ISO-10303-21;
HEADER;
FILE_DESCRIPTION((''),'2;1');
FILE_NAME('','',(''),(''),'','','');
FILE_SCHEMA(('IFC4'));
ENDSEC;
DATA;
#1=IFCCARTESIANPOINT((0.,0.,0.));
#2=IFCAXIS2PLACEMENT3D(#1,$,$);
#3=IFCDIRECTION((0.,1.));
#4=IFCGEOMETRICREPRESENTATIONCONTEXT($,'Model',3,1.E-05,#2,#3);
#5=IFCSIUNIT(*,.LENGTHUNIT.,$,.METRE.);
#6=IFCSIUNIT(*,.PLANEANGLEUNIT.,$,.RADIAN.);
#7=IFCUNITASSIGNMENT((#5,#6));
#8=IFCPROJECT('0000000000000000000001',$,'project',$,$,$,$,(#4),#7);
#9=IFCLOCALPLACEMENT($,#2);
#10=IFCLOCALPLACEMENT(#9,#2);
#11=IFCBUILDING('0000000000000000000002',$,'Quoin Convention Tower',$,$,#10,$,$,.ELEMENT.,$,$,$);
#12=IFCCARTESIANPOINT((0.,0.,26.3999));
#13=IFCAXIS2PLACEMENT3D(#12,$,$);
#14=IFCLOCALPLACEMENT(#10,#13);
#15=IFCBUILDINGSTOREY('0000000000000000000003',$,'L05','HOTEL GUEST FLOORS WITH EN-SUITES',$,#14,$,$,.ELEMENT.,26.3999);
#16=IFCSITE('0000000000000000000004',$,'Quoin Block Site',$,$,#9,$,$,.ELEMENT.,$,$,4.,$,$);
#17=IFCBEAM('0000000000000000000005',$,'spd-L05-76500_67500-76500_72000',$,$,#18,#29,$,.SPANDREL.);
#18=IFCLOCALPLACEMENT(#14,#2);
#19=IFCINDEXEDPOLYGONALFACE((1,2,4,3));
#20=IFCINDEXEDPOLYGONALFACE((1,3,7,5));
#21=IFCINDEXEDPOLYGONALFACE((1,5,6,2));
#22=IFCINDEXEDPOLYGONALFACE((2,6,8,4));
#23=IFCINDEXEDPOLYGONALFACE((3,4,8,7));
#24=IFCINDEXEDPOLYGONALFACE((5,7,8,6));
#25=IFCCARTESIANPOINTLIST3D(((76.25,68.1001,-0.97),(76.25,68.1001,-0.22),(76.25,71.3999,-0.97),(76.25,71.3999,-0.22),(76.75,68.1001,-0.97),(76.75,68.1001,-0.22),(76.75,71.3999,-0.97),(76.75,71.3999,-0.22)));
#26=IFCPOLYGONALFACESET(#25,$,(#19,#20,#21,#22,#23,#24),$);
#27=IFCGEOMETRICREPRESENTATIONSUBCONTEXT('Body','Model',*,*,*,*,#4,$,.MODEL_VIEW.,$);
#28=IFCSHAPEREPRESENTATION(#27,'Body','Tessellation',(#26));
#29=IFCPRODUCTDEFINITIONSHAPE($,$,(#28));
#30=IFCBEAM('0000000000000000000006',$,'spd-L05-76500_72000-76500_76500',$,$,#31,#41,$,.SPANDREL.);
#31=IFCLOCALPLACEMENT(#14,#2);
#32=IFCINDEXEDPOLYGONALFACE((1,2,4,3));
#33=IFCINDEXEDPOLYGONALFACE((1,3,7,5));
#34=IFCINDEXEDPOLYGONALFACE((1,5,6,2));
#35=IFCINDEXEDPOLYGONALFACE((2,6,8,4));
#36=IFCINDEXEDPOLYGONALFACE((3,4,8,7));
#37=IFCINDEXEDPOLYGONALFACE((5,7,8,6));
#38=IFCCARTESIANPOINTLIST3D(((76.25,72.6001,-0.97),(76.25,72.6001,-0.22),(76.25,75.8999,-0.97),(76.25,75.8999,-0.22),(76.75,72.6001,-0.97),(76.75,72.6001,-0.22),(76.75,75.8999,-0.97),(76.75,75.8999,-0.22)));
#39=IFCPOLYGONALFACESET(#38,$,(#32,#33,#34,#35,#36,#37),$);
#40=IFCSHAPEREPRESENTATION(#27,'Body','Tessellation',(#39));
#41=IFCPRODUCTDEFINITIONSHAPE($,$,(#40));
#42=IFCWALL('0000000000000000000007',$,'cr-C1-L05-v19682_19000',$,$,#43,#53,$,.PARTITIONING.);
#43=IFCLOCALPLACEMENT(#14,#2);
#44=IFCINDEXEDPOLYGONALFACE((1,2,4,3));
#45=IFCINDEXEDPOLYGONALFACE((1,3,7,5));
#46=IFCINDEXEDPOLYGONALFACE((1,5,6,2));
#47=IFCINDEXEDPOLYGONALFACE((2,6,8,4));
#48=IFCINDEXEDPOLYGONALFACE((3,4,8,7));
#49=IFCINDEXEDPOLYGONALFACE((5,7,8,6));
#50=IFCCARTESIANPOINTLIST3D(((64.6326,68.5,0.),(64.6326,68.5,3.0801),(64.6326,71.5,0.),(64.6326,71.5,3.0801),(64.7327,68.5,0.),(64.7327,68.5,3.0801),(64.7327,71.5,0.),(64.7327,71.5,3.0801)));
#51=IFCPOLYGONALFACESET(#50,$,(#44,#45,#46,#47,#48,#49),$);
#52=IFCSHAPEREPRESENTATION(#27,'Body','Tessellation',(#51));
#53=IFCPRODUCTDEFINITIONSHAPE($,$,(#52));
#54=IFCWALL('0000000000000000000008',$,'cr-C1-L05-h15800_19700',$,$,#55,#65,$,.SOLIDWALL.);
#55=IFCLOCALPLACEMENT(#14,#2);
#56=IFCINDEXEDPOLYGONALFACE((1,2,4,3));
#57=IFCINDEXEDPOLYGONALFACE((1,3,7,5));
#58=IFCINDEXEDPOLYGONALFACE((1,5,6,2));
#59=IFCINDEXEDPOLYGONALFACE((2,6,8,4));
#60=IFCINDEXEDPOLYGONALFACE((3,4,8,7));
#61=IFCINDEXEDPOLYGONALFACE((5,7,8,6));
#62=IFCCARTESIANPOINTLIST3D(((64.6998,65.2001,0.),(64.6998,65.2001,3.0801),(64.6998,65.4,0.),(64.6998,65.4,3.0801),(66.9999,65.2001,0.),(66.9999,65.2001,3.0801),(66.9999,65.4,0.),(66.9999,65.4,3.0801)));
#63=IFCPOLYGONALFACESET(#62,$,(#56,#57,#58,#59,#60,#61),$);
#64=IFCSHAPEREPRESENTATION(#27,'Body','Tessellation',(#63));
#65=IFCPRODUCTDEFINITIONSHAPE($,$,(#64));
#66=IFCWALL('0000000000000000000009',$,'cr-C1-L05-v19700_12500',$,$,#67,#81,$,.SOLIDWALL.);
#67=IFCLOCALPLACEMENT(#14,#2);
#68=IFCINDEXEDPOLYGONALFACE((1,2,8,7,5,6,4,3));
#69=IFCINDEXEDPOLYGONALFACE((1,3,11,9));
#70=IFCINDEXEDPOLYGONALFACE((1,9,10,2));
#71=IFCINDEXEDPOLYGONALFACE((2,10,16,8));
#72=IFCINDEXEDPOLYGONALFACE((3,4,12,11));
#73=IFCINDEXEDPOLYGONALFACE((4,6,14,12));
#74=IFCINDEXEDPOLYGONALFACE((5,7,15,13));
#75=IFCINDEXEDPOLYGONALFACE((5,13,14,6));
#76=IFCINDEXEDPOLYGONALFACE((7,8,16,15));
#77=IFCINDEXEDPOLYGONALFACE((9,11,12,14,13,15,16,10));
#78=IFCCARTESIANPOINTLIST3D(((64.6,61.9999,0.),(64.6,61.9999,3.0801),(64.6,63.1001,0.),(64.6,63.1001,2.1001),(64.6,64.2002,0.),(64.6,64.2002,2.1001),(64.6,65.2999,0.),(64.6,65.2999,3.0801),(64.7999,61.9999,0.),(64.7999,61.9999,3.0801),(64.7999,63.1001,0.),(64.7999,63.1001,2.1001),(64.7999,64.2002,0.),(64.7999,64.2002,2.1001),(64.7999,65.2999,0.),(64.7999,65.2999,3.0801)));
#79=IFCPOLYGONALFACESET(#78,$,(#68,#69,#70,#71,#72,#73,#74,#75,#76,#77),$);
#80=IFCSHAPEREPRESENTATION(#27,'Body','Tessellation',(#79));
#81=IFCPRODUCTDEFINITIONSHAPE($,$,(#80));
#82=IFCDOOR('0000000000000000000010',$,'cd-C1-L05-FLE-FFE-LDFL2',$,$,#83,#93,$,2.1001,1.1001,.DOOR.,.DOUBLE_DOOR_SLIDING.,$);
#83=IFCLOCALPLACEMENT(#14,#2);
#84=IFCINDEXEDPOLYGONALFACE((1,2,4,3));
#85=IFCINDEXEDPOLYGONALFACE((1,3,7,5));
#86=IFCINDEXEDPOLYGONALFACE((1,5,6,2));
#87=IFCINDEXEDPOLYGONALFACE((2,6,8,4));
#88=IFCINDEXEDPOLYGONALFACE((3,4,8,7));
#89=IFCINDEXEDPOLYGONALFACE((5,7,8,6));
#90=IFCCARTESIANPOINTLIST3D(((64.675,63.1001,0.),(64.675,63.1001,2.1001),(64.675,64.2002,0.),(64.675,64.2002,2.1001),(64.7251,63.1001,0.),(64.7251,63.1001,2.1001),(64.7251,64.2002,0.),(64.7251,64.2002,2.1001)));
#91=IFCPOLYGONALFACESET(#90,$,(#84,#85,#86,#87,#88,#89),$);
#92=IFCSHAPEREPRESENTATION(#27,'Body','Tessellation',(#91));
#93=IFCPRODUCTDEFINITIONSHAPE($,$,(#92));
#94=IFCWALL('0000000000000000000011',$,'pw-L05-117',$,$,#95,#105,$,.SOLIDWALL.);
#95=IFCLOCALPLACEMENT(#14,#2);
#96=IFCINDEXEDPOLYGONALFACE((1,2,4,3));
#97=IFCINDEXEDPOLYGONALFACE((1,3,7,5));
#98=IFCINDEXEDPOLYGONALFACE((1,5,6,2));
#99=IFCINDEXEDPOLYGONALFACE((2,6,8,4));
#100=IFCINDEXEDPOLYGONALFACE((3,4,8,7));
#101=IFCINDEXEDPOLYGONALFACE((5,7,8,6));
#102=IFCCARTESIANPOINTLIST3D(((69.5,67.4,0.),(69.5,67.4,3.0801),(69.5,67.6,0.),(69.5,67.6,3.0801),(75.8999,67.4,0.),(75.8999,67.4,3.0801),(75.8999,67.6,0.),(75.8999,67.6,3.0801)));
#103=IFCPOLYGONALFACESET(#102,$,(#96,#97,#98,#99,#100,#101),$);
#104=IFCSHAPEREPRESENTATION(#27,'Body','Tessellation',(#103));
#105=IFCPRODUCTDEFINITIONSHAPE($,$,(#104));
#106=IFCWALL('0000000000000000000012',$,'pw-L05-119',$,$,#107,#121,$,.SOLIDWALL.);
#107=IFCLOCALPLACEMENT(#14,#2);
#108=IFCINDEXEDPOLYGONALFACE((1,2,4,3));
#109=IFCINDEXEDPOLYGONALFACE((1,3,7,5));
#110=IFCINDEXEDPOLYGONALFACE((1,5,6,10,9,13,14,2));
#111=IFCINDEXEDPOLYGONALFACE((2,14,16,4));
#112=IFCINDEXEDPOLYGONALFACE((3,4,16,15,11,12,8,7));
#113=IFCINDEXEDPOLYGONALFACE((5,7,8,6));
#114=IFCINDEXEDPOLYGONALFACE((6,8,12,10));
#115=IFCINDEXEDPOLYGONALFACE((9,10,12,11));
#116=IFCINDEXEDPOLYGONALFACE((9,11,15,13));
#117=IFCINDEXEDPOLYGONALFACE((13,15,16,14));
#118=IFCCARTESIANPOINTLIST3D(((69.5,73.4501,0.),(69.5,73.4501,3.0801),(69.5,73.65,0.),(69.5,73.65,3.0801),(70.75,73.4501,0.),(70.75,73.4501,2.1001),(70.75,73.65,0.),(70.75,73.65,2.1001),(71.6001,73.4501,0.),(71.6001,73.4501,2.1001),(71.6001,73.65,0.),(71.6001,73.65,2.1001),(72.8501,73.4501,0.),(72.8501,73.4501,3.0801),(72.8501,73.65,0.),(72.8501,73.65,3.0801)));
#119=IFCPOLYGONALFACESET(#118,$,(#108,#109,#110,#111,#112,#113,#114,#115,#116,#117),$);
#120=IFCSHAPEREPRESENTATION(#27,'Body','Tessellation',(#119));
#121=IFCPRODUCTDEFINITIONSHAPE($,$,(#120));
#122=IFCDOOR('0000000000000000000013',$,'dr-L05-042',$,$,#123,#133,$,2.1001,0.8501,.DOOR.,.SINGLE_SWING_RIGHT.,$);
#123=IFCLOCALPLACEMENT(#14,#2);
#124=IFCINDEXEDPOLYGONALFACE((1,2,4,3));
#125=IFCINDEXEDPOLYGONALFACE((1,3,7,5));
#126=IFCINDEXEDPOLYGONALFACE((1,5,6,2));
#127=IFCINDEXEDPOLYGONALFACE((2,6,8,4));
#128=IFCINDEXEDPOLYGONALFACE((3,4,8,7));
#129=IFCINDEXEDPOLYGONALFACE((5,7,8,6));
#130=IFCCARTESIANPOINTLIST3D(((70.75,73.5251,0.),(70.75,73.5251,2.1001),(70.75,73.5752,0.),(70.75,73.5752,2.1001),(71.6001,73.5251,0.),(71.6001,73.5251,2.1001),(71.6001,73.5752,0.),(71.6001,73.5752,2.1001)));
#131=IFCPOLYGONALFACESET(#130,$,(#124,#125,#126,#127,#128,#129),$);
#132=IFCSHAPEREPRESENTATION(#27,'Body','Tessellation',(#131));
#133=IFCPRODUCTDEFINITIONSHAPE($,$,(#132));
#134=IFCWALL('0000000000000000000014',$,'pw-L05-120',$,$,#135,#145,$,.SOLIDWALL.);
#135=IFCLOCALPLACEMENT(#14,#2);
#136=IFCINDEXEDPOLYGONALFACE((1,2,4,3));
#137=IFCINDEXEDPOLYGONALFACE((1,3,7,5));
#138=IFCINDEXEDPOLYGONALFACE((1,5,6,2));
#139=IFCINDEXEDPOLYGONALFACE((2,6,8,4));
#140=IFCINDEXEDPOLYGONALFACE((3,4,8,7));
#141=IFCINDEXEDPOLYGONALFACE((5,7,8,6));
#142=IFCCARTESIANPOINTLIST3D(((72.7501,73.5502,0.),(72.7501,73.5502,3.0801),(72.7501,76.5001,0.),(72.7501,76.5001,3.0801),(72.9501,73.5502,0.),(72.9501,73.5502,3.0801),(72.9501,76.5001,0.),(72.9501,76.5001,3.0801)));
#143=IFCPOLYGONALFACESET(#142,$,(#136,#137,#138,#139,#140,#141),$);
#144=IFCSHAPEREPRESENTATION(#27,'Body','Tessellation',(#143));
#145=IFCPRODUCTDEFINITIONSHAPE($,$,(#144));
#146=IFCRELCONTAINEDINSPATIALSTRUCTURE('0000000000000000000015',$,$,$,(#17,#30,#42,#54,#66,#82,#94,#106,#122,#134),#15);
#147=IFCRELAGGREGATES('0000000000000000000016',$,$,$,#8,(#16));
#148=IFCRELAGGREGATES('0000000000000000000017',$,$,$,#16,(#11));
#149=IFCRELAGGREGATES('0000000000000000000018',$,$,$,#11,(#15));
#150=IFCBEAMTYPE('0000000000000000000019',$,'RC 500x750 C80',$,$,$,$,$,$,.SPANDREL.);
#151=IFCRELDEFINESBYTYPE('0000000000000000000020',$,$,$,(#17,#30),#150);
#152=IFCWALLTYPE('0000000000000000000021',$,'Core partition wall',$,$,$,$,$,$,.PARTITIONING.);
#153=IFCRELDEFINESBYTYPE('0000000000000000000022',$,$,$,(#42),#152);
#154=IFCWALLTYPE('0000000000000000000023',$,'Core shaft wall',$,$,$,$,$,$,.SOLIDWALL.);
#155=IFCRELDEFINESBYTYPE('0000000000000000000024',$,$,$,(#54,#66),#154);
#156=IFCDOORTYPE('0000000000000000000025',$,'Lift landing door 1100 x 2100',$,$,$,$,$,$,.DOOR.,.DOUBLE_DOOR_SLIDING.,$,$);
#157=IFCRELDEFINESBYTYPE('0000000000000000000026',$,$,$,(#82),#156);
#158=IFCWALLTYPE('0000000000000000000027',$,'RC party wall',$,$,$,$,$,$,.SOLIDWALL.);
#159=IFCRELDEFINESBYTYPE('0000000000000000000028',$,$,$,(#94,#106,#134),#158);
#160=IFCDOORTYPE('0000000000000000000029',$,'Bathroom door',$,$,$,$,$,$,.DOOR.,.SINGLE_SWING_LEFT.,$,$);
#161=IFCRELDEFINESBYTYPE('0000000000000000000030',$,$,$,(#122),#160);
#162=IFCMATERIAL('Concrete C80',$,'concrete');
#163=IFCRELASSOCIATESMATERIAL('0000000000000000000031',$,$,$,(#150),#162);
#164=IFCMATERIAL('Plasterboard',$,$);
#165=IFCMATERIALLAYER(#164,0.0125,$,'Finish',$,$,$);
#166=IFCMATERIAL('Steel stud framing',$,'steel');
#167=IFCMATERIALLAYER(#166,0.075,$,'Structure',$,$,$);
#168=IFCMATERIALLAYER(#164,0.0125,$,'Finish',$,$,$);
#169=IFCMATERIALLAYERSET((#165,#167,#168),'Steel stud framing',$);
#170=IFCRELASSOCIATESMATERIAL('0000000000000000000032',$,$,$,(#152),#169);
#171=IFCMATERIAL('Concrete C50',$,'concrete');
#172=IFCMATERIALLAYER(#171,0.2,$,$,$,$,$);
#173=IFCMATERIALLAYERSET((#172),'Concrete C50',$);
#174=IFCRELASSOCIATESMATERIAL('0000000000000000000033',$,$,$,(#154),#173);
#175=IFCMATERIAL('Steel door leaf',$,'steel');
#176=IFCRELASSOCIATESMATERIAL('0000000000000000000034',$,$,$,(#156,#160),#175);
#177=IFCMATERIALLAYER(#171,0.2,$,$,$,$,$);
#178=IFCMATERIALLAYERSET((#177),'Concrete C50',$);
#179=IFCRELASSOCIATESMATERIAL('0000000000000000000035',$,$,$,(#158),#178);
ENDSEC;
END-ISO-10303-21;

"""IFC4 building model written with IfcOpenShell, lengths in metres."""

from ifc_helpers import new_model, si_unit, direction, frame, frame_2d, origin, origin_2d, place, context, subcontext, project, spatial, rectangle, extrude, material, layer, layer_set, material_profile, profile_set, type_object, element, fill, save


model = new_model("IFC4")

# Units and contexts
model_context = context("Model", 3, precision=1e-05, world=origin(), true_north=direction((0.0, 1.0)))
body_context = subcontext(model_context, "Body", "Model", "MODEL_VIEW")
ifc_project = project(units=[si_unit("LENGTHUNIT", "METRE"), si_unit("PLANEANGLEUNIT", "RADIAN")], contexts=[model_context])

# Site, building, storey
site_placement = place(None, origin())
site = spatial("IfcSite", under=ifc_project, at=site_placement, Name="Quoin Block Site", CompositionType="ELEMENT", RefElevation=4.0)
building_placement = place(site_placement, origin())
building = spatial("IfcBuilding", under=site, at=building_placement, Name="Quoin Convention Tower", CompositionType="ELEMENT")
storey_placement = place(building_placement, frame((0.0, 0.0, 26.3999)))
storey = spatial("IfcBuildingStorey", under=building, at=storey_placement, Name="L05", Description="HOTEL GUEST FLOORS WITH EN-SUITES", CompositionType="ELEMENT", Elevation=26.3999)

# Shared definitions
ifc_material_1 = material(Name="Concrete C80", Category="concrete")

# Beams
ifc_material_profile_1 = material_profile(ifc_material_1, rectangle(XDim=0.5, YDim=0.75, at=origin_2d()), Name="RC 500x750")
ifc_profile_set_1 = profile_set([ifc_material_profile_1], Name="Concrete C80")
beam_type_1 = type_object("IfcBeamType", Name="RC 500x750 C80", PredefinedType="SPANDREL", material=ifc_profile_set_1)
for number, where, z_axis, x_axis, name in (
    (1, (76.5, 68.1001, -0.595), (0.0, 1.0, 0.0), (-1.0, 0.0, 0.0), "spd-L05-76500_67500-76500_72000"),
    (2, (76.5, 72.6001, -0.595), (0.0, 1.0, 0.0), (-1.0, 0.0, 0.0), "spd-L05-76500_72000-76500_76500"),
):
    element("IfcBeam", number, at=place(storey_placement, frame(where, z_axis=z_axis, x_axis=x_axis)), inside=storey, type_object=beam_type_1, Name=name, PredefinedType="SPANDREL", context=body_context, shape_type="SweptSolid", body=[
        extrude(rectangle(XDim=0.5, YDim=0.75, at=origin_2d()), origin(), (0.0, 0.0, 1.0), 3.2998),
    ])

# Walls
ifc_material_2 = material(Name="Plasterboard")
ifc_layer_1 = layer(ifc_material_2, 0.0125, Name="Finish")
ifc_material_3 = material(Name="Steel stud framing", Category="steel")
ifc_layer_2 = layer(ifc_material_3, 0.075, Name="Structure")
ifc_layer_3 = layer(ifc_material_2, 0.0125, Name="Finish")
ifc_layer_set_1 = layer_set([ifc_layer_1, ifc_layer_2, ifc_layer_3], Name="Steel stud framing")
wall_type_1 = type_object("IfcWallType", Name="Core partition wall", PredefinedType="PARTITIONING", material=ifc_layer_set_1)
wall_1_placement = place(storey_placement, frame((64.6826, 68.5, 0.0), z_axis=(0.0, 0.0, 1.0), x_axis=(0.0, 1.0, 0.0)))
element("IfcWall", 3, at=wall_1_placement, inside=storey, type_object=wall_type_1, Name="cr-C1-L05-v19682_19000", PredefinedType="PARTITIONING", context=body_context, shape_type="SweptSolid", body=[
    extrude(rectangle(XDim=3.0, YDim=0.1001, at=frame_2d((1.5, 0.0))), origin(), (0.0, 0.0, 1.0), 3.0801),
])
ifc_material_4 = material(Name="Concrete C50", Category="concrete")
ifc_layer_4 = layer(ifc_material_4, 0.2)
ifc_layer_set_2 = layer_set([ifc_layer_4], Name="Concrete C50")
wall_type_2 = type_object("IfcWallType", Name="Core shaft wall", PredefinedType="SOLIDWALL", material=ifc_layer_set_2)
wall_2_placement = place(storey_placement, frame((64.7, 65.3, 0.0), z_axis=(0.0, 0.0, 1.0), x_axis=(1.0, 0.0, 0.0)))
element("IfcWall", 4, at=wall_2_placement, inside=storey, type_object=wall_type_2, Name="cr-C1-L05-h15800_19700", PredefinedType="SOLIDWALL", context=body_context, shape_type="SweptSolid", body=[
    extrude(rectangle(XDim=2.3, YDim=0.2, at=frame_2d((1.1499, 0.0))), origin(), (0.0, 0.0, 1.0), 3.0801),
])

# Wall, opening, door
wall_3_placement = place(storey_placement, frame((64.7, 62.0, 0.0), z_axis=(0.0, 0.0, 1.0), x_axis=(0.0, 1.0, 0.0)))
wall_3 = element("IfcWall", 5, at=wall_3_placement, inside=storey, type_object=wall_type_2, Name="cr-C1-L05-v19700_12500", PredefinedType="SOLIDWALL", context=body_context, shape_type="SweptSolid", body=[
    extrude(rectangle(XDim=3.3, YDim=0.2, at=frame_2d((1.6499, 0.0))), origin(), (0.0, 0.0, 1.0), 3.0801),
])
opening_1_placement = place(wall_3_placement, frame((1.1001, 0.0, 0.0)))
opening_1 = element("IfcOpeningElement", 6, at=opening_1_placement, cuts=wall_3, PredefinedType="OPENING", context=body_context, shape_type="SweptSolid", body=[
    extrude(rectangle(XDim=1.1001, YDim=2.1001, at=frame_2d((0.55, 1.05))), frame((0.0, 0.1099, 0.0), z_axis=(0.0, -1.0, 0.0), x_axis=(1.0, 0.0, 0.0)), (0.0, 0.0, 1.0), 0.22),
])
ifc_material_5 = material(Name="Steel door leaf", Category="steel")
door_type_1 = type_object("IfcDoorType", Name="Lift landing door 1100 x 2100", OperationType="DOUBLE_DOOR_SLIDING", PredefinedType="DOOR", material=ifc_material_5)
door_1_placement = place(opening_1_placement, origin())
door_1 = element("IfcDoor", 7, at=door_1_placement, inside=storey, type_object=door_type_1, Name="cd-C1-L05-FLE-FFE-LDFL2", OperationType="DOUBLE_DOOR_SLIDING", OverallHeight=2.1001, OverallWidth=1.1001, PredefinedType="DOOR", context=body_context, shape_type="SweptSolid", body=[
    extrude(rectangle(XDim=1.1001, YDim=2.1001, at=frame_2d((0.55, 1.05))), frame((0.0, 0.0249, 0.0), z_axis=(0.0, -1.0, 0.0), x_axis=(1.0, 0.0, 0.0)), (0.0, 0.0, 1.0), 0.05),
])
fill(opening_1, door_1)

# Wall
ifc_layer_5 = layer(ifc_material_4, 0.2)
ifc_layer_set_3 = layer_set([ifc_layer_5], Name="Concrete C50")
wall_type_3 = type_object("IfcWallType", Name="RC party wall", PredefinedType="SOLIDWALL", material=ifc_layer_set_3)
wall_4_placement = place(storey_placement, frame((69.5, 67.5, 0.0), z_axis=(0.0, 0.0, 1.0), x_axis=(1.0, 0.0, 0.0)))
element("IfcWall", 8, at=wall_4_placement, inside=storey, type_object=wall_type_3, Name="pw-L05-117", PredefinedType="SOLIDWALL", context=body_context, shape_type="SweptSolid", body=[
    extrude(rectangle(XDim=6.3999, YDim=0.2, at=frame_2d((3.2, 0.0))), origin(), (0.0, 0.0, 1.0), 3.0801),
])

# Wall, opening, door
wall_5_placement = place(storey_placement, frame((69.5, 73.55, 0.0), z_axis=(0.0, 0.0, 1.0), x_axis=(1.0, 0.0, 0.0)))
wall_5 = element("IfcWall", 9, at=wall_5_placement, inside=storey, type_object=wall_type_3, Name="pw-L05-119", PredefinedType="SOLIDWALL", context=body_context, shape_type="SweptSolid", body=[
    extrude(rectangle(XDim=3.3501, YDim=0.2, at=frame_2d((1.675, 0.0))), origin(), (0.0, 0.0, 1.0), 3.0801),
])
opening_2_placement = place(wall_5_placement, frame((1.25, 0.0, 0.0)))
opening_2 = element("IfcOpeningElement", 10, at=opening_2_placement, cuts=wall_5, PredefinedType="OPENING", context=body_context, shape_type="SweptSolid", body=[
    extrude(rectangle(XDim=0.8501, YDim=2.1001, at=frame_2d((0.425, 1.05))), frame((0.0, 0.1099, 0.0), z_axis=(0.0, -1.0, 0.0), x_axis=(1.0, 0.0, 0.0)), (0.0, 0.0, 1.0), 0.22),
])
door_type_2 = type_object("IfcDoorType", Name="Bathroom door", OperationType="SINGLE_SWING_LEFT", PredefinedType="DOOR", material=ifc_material_5)
door_2_placement = place(opening_2_placement, frame((0.8501, 0.0, 0.0), z_axis=(0.0, 0.0, 1.0), x_axis=(-1.0, 0.0, 0.0)))
door_2 = element("IfcDoor", 11, at=door_2_placement, inside=storey, type_object=door_type_2, Name="dr-L05-042", OperationType="SINGLE_SWING_RIGHT", OverallHeight=2.1001, OverallWidth=0.8501, PredefinedType="DOOR", context=body_context, shape_type="SweptSolid", body=[
    extrude(rectangle(XDim=0.8501, YDim=2.1001, at=frame_2d((0.425, 1.05))), frame((0.0, 0.0249, 0.0), z_axis=(0.0, -1.0, 0.0), x_axis=(1.0, 0.0, 0.0)), (0.0, 0.0, 1.0), 0.05),
])
fill(opening_2, door_2)

# Wall
wall_6_placement = place(storey_placement, frame((72.8501, 73.55, 0.0), z_axis=(0.0, 0.0, 1.0), x_axis=(0.0, 1.0, 0.0)))
element("IfcWall", 12, at=wall_6_placement, inside=storey, type_object=wall_type_3, Name="pw-L05-120", PredefinedType="SOLIDWALL", context=body_context, shape_type="SweptSolid", body=[
    extrude(rectangle(XDim=2.95, YDim=0.2, at=frame_2d((1.4751, 0.0))), origin(), (0.0, 0.0, 1.0), 3.0801),
])

save(model, "model.ifc")
